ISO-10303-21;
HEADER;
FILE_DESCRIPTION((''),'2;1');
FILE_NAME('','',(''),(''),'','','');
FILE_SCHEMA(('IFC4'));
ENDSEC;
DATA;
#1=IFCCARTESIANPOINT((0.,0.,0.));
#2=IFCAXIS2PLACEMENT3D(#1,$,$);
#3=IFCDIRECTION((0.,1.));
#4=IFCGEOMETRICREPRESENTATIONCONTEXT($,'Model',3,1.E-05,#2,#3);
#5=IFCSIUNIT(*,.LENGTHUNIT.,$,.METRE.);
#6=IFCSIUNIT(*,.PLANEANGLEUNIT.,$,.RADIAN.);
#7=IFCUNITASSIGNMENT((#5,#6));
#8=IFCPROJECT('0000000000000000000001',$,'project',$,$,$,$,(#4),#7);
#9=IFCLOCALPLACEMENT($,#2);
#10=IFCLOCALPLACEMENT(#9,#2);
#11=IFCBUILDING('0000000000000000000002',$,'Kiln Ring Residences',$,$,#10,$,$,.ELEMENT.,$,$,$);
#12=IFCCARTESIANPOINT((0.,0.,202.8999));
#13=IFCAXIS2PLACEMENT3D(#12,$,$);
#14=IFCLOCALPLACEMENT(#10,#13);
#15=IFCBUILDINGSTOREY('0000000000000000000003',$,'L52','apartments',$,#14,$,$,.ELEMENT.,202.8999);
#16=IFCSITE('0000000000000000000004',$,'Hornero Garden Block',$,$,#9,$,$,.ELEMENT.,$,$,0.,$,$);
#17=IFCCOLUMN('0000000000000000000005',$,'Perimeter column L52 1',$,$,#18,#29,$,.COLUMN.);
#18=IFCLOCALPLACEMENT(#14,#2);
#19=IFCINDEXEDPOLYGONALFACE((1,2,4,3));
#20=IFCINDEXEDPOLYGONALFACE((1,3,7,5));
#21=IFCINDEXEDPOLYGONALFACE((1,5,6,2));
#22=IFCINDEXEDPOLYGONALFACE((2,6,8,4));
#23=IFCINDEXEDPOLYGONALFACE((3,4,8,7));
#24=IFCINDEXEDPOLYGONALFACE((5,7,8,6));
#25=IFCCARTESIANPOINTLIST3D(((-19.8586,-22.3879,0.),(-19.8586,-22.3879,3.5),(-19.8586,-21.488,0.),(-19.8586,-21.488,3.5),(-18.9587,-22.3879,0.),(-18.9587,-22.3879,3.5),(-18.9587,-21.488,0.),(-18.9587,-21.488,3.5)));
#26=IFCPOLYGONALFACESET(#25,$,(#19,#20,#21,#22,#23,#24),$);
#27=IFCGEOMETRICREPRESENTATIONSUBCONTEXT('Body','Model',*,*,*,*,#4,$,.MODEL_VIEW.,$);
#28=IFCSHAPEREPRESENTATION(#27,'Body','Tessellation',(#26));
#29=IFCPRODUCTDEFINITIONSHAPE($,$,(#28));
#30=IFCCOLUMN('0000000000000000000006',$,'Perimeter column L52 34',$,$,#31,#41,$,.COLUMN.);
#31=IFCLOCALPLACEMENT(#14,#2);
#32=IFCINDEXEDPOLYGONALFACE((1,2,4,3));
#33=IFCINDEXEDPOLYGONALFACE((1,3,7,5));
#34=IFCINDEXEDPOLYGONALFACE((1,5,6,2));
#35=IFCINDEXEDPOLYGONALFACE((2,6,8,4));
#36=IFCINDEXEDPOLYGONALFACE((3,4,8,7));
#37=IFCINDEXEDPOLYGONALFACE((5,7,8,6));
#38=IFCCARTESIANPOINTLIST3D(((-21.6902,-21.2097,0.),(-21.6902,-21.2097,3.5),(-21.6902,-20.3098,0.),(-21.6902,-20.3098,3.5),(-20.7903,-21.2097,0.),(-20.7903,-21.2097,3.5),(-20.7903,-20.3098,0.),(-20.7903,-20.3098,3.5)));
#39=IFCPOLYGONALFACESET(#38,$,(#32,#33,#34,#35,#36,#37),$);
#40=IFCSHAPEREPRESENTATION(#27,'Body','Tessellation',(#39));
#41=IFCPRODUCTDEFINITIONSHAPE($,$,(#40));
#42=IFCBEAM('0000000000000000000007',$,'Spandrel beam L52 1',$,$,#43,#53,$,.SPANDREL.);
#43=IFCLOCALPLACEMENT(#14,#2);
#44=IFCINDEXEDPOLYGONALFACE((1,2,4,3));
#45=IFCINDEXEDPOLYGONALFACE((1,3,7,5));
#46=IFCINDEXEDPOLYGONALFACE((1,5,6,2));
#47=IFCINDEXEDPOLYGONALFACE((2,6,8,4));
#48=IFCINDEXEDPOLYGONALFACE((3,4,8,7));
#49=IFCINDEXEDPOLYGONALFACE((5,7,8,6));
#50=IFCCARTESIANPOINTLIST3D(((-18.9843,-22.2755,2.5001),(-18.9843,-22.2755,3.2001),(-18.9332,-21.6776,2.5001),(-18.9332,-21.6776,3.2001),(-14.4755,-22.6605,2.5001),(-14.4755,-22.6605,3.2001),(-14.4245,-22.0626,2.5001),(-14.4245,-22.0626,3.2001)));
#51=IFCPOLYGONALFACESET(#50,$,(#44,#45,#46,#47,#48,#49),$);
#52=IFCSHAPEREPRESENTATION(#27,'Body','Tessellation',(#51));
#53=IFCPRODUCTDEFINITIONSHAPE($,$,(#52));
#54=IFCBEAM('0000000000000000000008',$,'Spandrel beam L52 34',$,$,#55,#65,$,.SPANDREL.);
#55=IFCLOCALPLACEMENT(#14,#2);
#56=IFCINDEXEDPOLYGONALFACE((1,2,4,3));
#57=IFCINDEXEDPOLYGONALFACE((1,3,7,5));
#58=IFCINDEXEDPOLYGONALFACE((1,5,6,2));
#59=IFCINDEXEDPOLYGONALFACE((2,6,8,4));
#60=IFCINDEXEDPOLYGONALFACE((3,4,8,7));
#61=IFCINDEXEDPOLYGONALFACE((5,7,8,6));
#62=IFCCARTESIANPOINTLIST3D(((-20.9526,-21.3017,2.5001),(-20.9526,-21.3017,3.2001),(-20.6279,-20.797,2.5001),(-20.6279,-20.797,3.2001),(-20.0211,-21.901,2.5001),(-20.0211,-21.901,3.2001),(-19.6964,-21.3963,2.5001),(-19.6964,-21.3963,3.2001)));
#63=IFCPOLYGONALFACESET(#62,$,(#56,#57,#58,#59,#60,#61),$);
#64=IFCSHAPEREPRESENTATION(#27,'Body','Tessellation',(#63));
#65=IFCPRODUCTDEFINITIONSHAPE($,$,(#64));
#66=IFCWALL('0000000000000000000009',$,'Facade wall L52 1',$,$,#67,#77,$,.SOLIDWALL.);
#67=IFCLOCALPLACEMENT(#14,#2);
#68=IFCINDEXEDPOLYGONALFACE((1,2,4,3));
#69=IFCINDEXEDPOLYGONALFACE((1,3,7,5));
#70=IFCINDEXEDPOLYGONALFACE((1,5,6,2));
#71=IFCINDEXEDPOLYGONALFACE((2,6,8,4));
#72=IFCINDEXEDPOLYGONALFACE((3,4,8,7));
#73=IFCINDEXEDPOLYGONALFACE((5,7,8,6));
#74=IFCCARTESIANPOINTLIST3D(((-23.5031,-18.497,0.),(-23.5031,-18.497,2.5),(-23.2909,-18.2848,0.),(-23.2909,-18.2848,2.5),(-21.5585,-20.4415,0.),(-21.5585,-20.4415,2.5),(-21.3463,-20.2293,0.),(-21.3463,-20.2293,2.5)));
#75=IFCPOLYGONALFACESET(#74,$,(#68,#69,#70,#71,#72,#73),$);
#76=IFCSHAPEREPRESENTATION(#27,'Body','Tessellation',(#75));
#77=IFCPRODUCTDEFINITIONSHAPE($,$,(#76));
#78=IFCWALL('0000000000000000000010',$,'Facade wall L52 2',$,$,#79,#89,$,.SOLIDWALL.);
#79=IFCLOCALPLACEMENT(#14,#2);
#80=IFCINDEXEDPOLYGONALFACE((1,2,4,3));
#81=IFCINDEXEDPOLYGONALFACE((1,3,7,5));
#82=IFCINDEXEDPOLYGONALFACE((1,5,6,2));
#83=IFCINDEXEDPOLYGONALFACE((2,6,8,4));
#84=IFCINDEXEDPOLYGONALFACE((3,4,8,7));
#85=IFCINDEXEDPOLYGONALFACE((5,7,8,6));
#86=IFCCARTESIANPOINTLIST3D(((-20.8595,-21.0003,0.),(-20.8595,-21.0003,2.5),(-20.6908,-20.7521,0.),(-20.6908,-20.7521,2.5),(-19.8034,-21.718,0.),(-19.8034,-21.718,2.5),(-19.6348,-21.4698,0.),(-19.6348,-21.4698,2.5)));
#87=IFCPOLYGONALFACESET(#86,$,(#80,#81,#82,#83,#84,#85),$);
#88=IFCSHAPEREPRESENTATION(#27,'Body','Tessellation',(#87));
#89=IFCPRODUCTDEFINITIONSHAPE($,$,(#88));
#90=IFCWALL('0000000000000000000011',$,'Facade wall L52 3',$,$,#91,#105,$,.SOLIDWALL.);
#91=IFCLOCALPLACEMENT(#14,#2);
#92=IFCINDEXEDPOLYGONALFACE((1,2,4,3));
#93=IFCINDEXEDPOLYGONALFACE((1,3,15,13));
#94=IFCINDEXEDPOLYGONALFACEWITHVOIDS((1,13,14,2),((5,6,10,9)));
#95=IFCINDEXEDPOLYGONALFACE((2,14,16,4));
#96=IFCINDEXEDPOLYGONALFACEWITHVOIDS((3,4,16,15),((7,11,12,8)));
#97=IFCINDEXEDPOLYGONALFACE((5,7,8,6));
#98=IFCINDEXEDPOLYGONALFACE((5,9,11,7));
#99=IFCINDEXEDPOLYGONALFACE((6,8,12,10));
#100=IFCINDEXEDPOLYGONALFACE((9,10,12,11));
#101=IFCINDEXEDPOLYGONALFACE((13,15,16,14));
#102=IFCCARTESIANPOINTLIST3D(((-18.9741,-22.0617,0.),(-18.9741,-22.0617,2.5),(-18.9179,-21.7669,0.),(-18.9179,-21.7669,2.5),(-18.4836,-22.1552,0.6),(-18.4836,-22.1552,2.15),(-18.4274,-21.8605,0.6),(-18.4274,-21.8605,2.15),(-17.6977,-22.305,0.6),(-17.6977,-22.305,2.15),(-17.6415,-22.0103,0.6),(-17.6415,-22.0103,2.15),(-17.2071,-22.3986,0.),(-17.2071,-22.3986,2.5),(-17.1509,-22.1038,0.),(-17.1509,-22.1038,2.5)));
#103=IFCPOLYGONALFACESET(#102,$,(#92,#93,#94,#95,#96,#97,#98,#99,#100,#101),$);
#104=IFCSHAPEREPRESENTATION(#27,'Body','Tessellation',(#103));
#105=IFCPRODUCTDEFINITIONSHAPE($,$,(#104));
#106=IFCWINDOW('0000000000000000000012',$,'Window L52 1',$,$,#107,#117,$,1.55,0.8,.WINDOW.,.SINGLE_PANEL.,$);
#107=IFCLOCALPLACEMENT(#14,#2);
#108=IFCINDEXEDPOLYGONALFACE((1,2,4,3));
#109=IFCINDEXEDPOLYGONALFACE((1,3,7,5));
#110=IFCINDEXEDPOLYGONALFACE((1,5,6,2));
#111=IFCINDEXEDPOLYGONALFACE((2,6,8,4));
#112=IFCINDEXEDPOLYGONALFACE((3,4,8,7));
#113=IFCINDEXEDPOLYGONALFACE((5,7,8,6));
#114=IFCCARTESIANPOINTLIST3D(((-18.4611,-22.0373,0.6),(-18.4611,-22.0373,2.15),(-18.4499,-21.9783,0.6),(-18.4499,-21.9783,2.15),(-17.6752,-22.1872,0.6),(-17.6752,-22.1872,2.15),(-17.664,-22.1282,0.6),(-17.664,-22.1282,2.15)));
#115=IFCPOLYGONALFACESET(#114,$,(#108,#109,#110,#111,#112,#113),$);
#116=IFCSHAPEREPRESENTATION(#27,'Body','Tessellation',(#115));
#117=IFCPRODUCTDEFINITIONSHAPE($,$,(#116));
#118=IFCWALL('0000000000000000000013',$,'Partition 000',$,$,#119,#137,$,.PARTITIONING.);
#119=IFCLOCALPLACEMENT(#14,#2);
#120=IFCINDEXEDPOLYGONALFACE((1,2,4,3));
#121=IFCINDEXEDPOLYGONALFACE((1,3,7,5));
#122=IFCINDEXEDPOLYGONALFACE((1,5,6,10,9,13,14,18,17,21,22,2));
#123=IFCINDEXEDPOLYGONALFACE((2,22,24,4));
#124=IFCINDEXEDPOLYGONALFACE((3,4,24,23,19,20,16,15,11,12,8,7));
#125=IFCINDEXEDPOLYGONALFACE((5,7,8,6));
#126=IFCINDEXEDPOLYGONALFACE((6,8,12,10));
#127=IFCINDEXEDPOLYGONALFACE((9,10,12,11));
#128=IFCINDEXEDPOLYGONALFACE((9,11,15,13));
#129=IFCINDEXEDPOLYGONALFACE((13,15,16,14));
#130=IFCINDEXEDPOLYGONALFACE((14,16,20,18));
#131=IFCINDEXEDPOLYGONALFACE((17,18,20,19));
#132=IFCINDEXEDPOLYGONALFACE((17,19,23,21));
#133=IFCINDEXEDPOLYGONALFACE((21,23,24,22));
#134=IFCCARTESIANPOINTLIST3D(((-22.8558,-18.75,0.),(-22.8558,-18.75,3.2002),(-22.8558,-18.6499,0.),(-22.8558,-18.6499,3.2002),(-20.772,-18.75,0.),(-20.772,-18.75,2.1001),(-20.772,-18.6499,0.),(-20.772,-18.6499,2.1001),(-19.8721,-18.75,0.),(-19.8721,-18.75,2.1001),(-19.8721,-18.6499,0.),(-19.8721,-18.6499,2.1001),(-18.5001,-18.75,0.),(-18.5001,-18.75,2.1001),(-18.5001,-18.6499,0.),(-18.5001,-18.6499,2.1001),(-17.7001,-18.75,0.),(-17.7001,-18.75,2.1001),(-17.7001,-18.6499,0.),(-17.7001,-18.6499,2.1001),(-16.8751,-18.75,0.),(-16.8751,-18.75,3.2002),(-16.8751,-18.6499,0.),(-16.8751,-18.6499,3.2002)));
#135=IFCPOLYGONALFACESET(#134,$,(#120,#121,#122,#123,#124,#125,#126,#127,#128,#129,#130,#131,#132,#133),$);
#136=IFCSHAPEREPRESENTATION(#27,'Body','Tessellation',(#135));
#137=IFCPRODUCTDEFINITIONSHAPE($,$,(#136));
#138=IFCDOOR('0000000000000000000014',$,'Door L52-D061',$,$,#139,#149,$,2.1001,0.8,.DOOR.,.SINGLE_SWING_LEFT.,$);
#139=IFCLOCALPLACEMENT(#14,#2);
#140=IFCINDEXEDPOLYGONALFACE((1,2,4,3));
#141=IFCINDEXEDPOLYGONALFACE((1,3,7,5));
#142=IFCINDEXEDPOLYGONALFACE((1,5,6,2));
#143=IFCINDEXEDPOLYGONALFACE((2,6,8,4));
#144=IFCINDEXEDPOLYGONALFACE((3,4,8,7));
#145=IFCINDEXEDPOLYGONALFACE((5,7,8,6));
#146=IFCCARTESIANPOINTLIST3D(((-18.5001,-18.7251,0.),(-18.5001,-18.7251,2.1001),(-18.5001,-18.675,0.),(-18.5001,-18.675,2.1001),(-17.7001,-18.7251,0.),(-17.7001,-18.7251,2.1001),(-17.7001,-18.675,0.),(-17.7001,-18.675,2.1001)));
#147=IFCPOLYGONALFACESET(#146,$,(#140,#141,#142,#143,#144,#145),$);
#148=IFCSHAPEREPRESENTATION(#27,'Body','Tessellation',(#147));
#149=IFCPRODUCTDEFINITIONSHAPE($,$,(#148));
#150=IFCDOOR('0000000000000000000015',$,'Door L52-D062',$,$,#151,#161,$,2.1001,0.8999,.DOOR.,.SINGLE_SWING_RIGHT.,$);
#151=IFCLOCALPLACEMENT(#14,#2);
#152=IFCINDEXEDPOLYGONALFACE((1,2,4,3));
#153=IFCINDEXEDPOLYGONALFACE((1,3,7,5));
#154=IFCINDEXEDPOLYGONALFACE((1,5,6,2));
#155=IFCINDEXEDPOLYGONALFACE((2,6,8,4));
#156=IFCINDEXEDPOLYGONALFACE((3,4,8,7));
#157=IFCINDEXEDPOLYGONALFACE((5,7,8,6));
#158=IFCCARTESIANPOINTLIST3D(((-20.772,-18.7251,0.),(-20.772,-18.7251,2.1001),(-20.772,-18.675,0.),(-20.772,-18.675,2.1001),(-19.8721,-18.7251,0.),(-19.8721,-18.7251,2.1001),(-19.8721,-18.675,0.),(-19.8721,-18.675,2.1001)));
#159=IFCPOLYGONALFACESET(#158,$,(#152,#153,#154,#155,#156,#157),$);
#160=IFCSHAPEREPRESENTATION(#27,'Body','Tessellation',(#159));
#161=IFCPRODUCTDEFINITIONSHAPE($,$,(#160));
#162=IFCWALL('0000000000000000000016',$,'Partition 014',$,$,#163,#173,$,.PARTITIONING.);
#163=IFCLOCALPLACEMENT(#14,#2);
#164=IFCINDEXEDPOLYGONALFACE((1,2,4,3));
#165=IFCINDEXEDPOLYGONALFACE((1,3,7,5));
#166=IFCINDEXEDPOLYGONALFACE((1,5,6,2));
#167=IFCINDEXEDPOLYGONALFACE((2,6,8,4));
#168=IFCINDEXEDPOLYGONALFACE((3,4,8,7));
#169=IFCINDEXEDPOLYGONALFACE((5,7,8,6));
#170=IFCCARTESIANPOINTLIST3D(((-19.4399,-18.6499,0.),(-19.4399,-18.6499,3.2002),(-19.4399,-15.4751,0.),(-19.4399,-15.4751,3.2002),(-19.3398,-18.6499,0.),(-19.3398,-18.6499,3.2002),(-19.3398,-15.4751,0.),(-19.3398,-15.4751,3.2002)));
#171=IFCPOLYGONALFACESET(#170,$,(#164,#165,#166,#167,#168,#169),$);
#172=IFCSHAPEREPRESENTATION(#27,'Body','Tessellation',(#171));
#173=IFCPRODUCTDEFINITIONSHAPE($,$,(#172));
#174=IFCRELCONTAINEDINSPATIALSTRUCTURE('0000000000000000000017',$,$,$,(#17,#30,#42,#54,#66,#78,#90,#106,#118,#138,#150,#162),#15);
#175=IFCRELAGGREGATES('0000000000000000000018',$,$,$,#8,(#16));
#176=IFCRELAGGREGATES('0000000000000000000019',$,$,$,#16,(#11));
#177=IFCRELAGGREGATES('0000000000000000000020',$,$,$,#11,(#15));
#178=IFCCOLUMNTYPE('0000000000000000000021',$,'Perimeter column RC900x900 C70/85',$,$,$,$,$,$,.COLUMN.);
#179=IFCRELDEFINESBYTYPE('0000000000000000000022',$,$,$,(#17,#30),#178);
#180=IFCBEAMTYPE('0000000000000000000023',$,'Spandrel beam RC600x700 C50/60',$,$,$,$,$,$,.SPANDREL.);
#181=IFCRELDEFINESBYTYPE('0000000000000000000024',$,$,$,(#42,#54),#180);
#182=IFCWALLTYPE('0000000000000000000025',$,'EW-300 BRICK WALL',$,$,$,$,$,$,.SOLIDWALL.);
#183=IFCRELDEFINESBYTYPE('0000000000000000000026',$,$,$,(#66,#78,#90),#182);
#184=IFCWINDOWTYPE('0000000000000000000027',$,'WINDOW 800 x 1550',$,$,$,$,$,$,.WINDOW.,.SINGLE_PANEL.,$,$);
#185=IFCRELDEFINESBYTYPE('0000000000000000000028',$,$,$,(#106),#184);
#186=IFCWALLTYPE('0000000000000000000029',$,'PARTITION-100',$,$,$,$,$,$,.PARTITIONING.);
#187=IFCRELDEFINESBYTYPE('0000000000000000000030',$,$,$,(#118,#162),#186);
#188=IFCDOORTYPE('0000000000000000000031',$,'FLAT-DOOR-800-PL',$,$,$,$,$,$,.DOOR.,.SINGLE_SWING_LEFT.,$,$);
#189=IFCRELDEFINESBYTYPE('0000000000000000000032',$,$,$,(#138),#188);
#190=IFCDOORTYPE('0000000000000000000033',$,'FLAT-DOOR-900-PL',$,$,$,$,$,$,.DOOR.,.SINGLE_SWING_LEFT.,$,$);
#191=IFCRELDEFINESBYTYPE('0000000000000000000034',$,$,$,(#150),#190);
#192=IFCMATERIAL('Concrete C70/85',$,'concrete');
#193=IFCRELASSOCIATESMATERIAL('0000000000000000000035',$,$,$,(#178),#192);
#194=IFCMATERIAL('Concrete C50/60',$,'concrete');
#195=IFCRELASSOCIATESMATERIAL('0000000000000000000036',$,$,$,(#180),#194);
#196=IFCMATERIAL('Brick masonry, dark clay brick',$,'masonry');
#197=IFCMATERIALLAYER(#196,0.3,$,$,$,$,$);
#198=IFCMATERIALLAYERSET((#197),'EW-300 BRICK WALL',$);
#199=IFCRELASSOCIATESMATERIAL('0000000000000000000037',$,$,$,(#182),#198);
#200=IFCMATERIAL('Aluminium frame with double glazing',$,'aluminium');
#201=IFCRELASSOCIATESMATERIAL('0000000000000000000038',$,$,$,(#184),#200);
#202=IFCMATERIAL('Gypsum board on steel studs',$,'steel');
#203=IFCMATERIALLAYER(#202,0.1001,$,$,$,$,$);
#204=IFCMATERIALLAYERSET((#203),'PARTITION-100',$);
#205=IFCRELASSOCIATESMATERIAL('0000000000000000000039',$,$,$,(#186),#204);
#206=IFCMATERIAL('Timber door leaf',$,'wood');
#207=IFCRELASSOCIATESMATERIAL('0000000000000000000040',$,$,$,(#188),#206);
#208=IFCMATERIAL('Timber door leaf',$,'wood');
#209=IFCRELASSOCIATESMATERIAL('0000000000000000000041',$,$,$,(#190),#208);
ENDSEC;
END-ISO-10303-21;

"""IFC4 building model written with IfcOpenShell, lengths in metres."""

from ifc_helpers import new_model, si_unit, direction, frame, frame_2d, origin, origin_2d, place, context, subcontext, project, spatial, rectangle, extrude, material, layer, layer_set, material_profile, profile_set, type_object, element, fill, save


model = new_model("IFC4")

# Units and contexts
model_context = context("Model", 3, precision=1e-05, world=origin(), true_north=direction((0.0, 1.0)))
body_context = subcontext(model_context, "Body", "Model", "MODEL_VIEW")
ifc_project = project(units=[si_unit("LENGTHUNIT", "METRE"), si_unit("PLANEANGLEUNIT", "RADIAN")], contexts=[model_context])

# Site, building, storey
site_placement = place(None, origin())
site = spatial("IfcSite", under=ifc_project, at=site_placement, Name="Hornero Garden Block", CompositionType="ELEMENT", RefElevation=0.0)
building_placement = place(site_placement, origin())
building = spatial("IfcBuilding", under=site, at=building_placement, Name="Kiln Ring Residences", CompositionType="ELEMENT")
storey_placement = place(building_placement, frame((0.0, 0.0, 202.8999)))
storey = spatial("IfcBuildingStorey", under=building, at=storey_placement, Name="L52", Description="apartments", CompositionType="ELEMENT", Elevation=202.8999)

# Columns
ifc_material_1 = material(Name="Concrete C70/85", Category="concrete")
ifc_material_profile_1 = material_profile(ifc_material_1, rectangle(XDim=0.8999, YDim=0.8999, at=origin_2d()), Name="RC900x900")
ifc_profile_set_1 = profile_set([ifc_material_profile_1], Name="Concrete C70/85")
column_type = type_object("IfcColumnType", Name="Perimeter column RC900x900 C70/85", PredefinedType="COLUMN", material=ifc_profile_set_1)
for number, where, z_axis, x_axis, name in (
    (1, (-19.4087, -21.938, 0.0), (0.0, 0.0, 1.0), (1.0, 0.0, 0.0), "Perimeter column L52 1"),
    (2, (-21.2402, -20.7598, 0.0), (0.0, 0.0, 1.0), (1.0, 0.0, 0.0), "Perimeter column L52 34"),
):
    element("IfcColumn", number, at=place(storey_placement, frame(where, z_axis=z_axis, x_axis=x_axis)), inside=storey, type_object=column_type, Name=name, PredefinedType="COLUMN", context=body_context, shape_type="SweptSolid", body=[
        extrude(rectangle(XDim=0.8999, YDim=0.8999, at=origin_2d()), origin(), (0.0, 0.0, 1.0), 3.5),
    ])

# Beams
ifc_material_2 = material(Name="Concrete C50/60", Category="concrete")
ifc_material_profile_2 = material_profile(ifc_material_2, rectangle(XDim=0.6001, YDim=0.7, at=origin_2d()), Name="RC600x700")
ifc_profile_set_2 = profile_set([ifc_material_profile_2], Name="Concrete C50/60")
beam_type = type_object("IfcBeamType", Name="Spandrel beam RC600x700 C50/60", PredefinedType="SPANDREL", material=ifc_profile_set_2)
beam_1_placement = place(storey_placement, frame((-18.9587, -21.9766, 2.8501), z_axis=(0.996374, -0.085081, 0.0), x_axis=(0.085081, 0.996374, 0.0)))
element("IfcBeam", 3, at=beam_1_placement, inside=storey, type_object=beam_type, Name="Spandrel beam L52 1", PredefinedType="SPANDREL", context=body_context, shape_type="SweptSolid", body=[
    extrude(rectangle(XDim=0.6001, YDim=0.7, at=origin_2d()), origin(), (0.0, 0.0, 1.0), 4.5251),
])
beam_2_placement = place(storey_placement, frame((-20.7903, -21.0493, 2.8501), z_axis=(0.840992, -0.541047, 0.0), x_axis=(0.541047, 0.840992, 0.0)))
element("IfcBeam", 4, at=beam_2_placement, inside=storey, type_object=beam_type, Name="Spandrel beam L52 34", PredefinedType="SPANDREL", context=body_context, shape_type="SweptSolid", body=[
    extrude(rectangle(XDim=0.6001, YDim=0.7, at=origin_2d()), origin(), (0.0, 0.0, 1.0), 1.1077),
])

# Walls
ifc_material_3 = material(Name="Brick masonry, dark clay brick", Category="masonry")
ifc_layer_1 = layer(ifc_material_3, 0.3)
ifc_layer_set_1 = layer_set([ifc_layer_1], Name="EW-300 BRICK WALL")
wall_type_1 = type_object("IfcWallType", Name="EW-300 BRICK WALL", PredefinedType="SOLIDWALL", material=ifc_layer_set_1)
wall_1_placement = place(storey_placement, frame((-23.397, -18.3909, 0.0), z_axis=(0.0, 0.0, 1.0), x_axis=(0.707107, -0.707107, 0.0)))
element("IfcWall", 5, at=wall_1_placement, inside=storey, type_object=wall_type_1, Name="Facade wall L52 1", PredefinedType="SOLIDWALL", context=body_context, shape_type="SweptSolid", body=[
    extrude(rectangle(XDim=2.75, YDim=0.3, at=frame_2d((1.375, 0.0))), origin(), (0.0, 0.0, 1.0), 2.5),
])
wall_2_placement = place(storey_placement, frame((-20.7751, -20.8762, 0.0), z_axis=(0.0, 0.0, 1.0), x_axis=(0.827076, -0.56209, 0.0)))
element("IfcWall", 6, at=wall_2_placement, inside=storey, type_object=wall_type_1, Name="Facade wall L52 2", PredefinedType="SOLIDWALL", context=body_context, shape_type="SweptSolid", body=[
    extrude(rectangle(XDim=1.2769, YDim=0.3, at=frame_2d((0.6384, 0.0))), origin(), (0.0, 0.0, 1.0), 2.5),
])

# Wall, opening, window
wall_3_placement = place(storey_placement, frame((-18.946, -21.9143, 0.0), z_axis=(0.0, 0.0, 1.0), x_axis=(0.982305, -0.187287, 0.0)))
wall_3 = element("IfcWall", 7, at=wall_3_placement, inside=storey, type_object=wall_type_1, Name="Facade wall L52 3", PredefinedType="SOLIDWALL", context=body_context, shape_type="SweptSolid", body=[
    extrude(rectangle(XDim=1.7988, YDim=0.3, at=frame_2d((0.8994, 0.0))), origin(), (0.0, 0.0, 1.0), 2.5),
])
opening_1_placement = place(wall_3_placement, frame((0.4995, 0.0, 0.6001)))
opening_1 = element("IfcOpeningElement", 8, at=opening_1_placement, cuts=wall_3, PredefinedType="OPENING", context=body_context, shape_type="SweptSolid", body=[
    extrude(rectangle(XDim=0.8, YDim=1.55, at=frame_2d((0.3999, 0.7749))), frame((0.0, 0.1599, 0.0), z_axis=(0.0, -1.0, 0.0), x_axis=(1.0, 0.0, 0.0)), (0.0, 0.0, 1.0), 0.3201),
])
ifc_material_4 = material(Name="Aluminium frame with double glazing", Category="aluminium")
window_type = type_object("IfcWindowType", Name="WINDOW 800 x 1550", PartitioningType="SINGLE_PANEL", PredefinedType="WINDOW", material=ifc_material_4)
window_placement = place(opening_1_placement, origin())
window = element("IfcWindow", 9, at=window_placement, inside=storey, type_object=window_type, Name="Window L52 1", OverallHeight=1.55, OverallWidth=0.8, PartitioningType="SINGLE_PANEL", PredefinedType="WINDOW", context=body_context, shape_type="SweptSolid", body=[
    extrude(rectangle(XDim=0.8, YDim=1.55, at=frame_2d((0.3999, 0.7749))), frame((0.0, 0.03, 0.0), z_axis=(0.0, -1.0, 0.0), x_axis=(1.0, 0.0, 0.0)), (0.0, 0.0, 1.0), 0.0601),
])
fill(opening_1, window)

# Wall, openings, doors
ifc_material_5 = material(Name="Gypsum board on steel studs", Category="steel")
ifc_layer_2 = layer(ifc_material_5, 0.1001)
ifc_layer_set_2 = layer_set([ifc_layer_2], Name="PARTITION-100")
wall_type_2 = type_object("IfcWallType", Name="PARTITION-100", PredefinedType="PARTITIONING", material=ifc_layer_set_2)
wall_4_placement = place(storey_placement, frame((-22.8557, -18.7, 0.0), z_axis=(0.0, 0.0, 1.0), x_axis=(1.0, 0.0, 0.0)))
wall_4 = element("IfcWall", 10, at=wall_4_placement, inside=storey, type_object=wall_type_2, Name="Partition 000", PredefinedType="PARTITIONING", context=body_context, shape_type="SweptSolid", body=[
    extrude(rectangle(XDim=5.9807, YDim=0.1001, at=frame_2d((2.9902, 0.0))), origin(), (0.0, 0.0, 1.0), 3.2002),
])
opening_2_placement = place(wall_4_placement, frame((4.3557, 0.0, 0.0)))
opening_2 = element("IfcOpeningElement", 11, at=opening_2_placement, cuts=wall_4, PredefinedType="OPENING", context=body_context, shape_type="SweptSolid", body=[
    extrude(rectangle(XDim=0.8, YDim=2.1001, at=frame_2d((0.3999, 1.05))), frame((0.0, 0.0601, 0.0), z_axis=(0.0, -1.0, 0.0), x_axis=(1.0, 0.0, 0.0)), (0.0, 0.0, 1.0), 0.1201),
])
opening_3_placement = place(wall_4_placement, frame((2.0837, 0.0, 0.0)))
opening_3 = element("IfcOpeningElement", 12, at=opening_3_placement, cuts=wall_4, PredefinedType="OPENING", context=body_context, shape_type="SweptSolid", body=[
    extrude(rectangle(XDim=0.8999, YDim=2.1001, at=frame_2d((0.45, 1.05))), frame((0.0, 0.0601, 0.0), z_axis=(0.0, -1.0, 0.0), x_axis=(1.0, 0.0, 0.0)), (0.0, 0.0, 1.0), 0.1201),
])
ifc_material_6 = material(Name="Timber door leaf", Category="wood")
door_type_1 = type_object("IfcDoorType", Name="FLAT-DOOR-800-PL", OperationType="SINGLE_SWING_LEFT", PredefinedType="DOOR", material=ifc_material_6)
door_1_placement = place(opening_2_placement, origin())
door_1 = element("IfcDoor", 13, at=door_1_placement, inside=storey, type_object=door_type_1, Name="Door L52-D061", OperationType="SINGLE_SWING_LEFT", OverallHeight=2.1001, OverallWidth=0.8, PredefinedType="DOOR", context=body_context, shape_type="SweptSolid", body=[
    extrude(rectangle(XDim=0.8, YDim=2.1001, at=frame_2d((0.3999, 1.05))), frame((0.0, 0.0249, 0.0), z_axis=(0.0, -1.0, 0.0), x_axis=(1.0, 0.0, 0.0)), (0.0, 0.0, 1.0), 0.05),
])
fill(opening_2, door_1)
ifc_material_7 = material(Name="Timber door leaf", Category="wood")
door_type_2 = type_object("IfcDoorType", Name="FLAT-DOOR-900-PL", OperationType="SINGLE_SWING_LEFT", PredefinedType="DOOR", material=ifc_material_7)
door_2_placement = place(opening_3_placement, origin())
door_2 = element("IfcDoor", 14, at=door_2_placement, inside=storey, type_object=door_type_2, Name="Door L52-D062", OperationType="SINGLE_SWING_RIGHT", OverallHeight=2.1001, OverallWidth=0.8999, PredefinedType="DOOR", context=body_context, shape_type="SweptSolid", body=[
    extrude(rectangle(XDim=0.8999, YDim=2.1001, at=frame_2d((0.45, 1.05))), frame((0.0, 0.0249, 0.0), z_axis=(0.0, -1.0, 0.0), x_axis=(1.0, 0.0, 0.0)), (0.0, 0.0, 1.0), 0.05),
])
fill(opening_3, door_2)

# Wall
wall_5_placement = place(storey_placement, frame((-19.3899, -18.6499, 0.0), z_axis=(0.0, 0.0, 1.0), x_axis=(0.0, 1.0, 0.0)))
element("IfcWall", 15, at=wall_5_placement, inside=storey, type_object=wall_type_2, Name="Partition 014", PredefinedType="PARTITIONING", context=body_context, shape_type="SweptSolid", body=[
    extrude(rectangle(XDim=3.1748, YDim=0.1001, at=frame_2d((1.5874, 0.0))), origin(), (0.0, 0.0, 1.0), 3.2002),
])

save(model, "model.ifc")
